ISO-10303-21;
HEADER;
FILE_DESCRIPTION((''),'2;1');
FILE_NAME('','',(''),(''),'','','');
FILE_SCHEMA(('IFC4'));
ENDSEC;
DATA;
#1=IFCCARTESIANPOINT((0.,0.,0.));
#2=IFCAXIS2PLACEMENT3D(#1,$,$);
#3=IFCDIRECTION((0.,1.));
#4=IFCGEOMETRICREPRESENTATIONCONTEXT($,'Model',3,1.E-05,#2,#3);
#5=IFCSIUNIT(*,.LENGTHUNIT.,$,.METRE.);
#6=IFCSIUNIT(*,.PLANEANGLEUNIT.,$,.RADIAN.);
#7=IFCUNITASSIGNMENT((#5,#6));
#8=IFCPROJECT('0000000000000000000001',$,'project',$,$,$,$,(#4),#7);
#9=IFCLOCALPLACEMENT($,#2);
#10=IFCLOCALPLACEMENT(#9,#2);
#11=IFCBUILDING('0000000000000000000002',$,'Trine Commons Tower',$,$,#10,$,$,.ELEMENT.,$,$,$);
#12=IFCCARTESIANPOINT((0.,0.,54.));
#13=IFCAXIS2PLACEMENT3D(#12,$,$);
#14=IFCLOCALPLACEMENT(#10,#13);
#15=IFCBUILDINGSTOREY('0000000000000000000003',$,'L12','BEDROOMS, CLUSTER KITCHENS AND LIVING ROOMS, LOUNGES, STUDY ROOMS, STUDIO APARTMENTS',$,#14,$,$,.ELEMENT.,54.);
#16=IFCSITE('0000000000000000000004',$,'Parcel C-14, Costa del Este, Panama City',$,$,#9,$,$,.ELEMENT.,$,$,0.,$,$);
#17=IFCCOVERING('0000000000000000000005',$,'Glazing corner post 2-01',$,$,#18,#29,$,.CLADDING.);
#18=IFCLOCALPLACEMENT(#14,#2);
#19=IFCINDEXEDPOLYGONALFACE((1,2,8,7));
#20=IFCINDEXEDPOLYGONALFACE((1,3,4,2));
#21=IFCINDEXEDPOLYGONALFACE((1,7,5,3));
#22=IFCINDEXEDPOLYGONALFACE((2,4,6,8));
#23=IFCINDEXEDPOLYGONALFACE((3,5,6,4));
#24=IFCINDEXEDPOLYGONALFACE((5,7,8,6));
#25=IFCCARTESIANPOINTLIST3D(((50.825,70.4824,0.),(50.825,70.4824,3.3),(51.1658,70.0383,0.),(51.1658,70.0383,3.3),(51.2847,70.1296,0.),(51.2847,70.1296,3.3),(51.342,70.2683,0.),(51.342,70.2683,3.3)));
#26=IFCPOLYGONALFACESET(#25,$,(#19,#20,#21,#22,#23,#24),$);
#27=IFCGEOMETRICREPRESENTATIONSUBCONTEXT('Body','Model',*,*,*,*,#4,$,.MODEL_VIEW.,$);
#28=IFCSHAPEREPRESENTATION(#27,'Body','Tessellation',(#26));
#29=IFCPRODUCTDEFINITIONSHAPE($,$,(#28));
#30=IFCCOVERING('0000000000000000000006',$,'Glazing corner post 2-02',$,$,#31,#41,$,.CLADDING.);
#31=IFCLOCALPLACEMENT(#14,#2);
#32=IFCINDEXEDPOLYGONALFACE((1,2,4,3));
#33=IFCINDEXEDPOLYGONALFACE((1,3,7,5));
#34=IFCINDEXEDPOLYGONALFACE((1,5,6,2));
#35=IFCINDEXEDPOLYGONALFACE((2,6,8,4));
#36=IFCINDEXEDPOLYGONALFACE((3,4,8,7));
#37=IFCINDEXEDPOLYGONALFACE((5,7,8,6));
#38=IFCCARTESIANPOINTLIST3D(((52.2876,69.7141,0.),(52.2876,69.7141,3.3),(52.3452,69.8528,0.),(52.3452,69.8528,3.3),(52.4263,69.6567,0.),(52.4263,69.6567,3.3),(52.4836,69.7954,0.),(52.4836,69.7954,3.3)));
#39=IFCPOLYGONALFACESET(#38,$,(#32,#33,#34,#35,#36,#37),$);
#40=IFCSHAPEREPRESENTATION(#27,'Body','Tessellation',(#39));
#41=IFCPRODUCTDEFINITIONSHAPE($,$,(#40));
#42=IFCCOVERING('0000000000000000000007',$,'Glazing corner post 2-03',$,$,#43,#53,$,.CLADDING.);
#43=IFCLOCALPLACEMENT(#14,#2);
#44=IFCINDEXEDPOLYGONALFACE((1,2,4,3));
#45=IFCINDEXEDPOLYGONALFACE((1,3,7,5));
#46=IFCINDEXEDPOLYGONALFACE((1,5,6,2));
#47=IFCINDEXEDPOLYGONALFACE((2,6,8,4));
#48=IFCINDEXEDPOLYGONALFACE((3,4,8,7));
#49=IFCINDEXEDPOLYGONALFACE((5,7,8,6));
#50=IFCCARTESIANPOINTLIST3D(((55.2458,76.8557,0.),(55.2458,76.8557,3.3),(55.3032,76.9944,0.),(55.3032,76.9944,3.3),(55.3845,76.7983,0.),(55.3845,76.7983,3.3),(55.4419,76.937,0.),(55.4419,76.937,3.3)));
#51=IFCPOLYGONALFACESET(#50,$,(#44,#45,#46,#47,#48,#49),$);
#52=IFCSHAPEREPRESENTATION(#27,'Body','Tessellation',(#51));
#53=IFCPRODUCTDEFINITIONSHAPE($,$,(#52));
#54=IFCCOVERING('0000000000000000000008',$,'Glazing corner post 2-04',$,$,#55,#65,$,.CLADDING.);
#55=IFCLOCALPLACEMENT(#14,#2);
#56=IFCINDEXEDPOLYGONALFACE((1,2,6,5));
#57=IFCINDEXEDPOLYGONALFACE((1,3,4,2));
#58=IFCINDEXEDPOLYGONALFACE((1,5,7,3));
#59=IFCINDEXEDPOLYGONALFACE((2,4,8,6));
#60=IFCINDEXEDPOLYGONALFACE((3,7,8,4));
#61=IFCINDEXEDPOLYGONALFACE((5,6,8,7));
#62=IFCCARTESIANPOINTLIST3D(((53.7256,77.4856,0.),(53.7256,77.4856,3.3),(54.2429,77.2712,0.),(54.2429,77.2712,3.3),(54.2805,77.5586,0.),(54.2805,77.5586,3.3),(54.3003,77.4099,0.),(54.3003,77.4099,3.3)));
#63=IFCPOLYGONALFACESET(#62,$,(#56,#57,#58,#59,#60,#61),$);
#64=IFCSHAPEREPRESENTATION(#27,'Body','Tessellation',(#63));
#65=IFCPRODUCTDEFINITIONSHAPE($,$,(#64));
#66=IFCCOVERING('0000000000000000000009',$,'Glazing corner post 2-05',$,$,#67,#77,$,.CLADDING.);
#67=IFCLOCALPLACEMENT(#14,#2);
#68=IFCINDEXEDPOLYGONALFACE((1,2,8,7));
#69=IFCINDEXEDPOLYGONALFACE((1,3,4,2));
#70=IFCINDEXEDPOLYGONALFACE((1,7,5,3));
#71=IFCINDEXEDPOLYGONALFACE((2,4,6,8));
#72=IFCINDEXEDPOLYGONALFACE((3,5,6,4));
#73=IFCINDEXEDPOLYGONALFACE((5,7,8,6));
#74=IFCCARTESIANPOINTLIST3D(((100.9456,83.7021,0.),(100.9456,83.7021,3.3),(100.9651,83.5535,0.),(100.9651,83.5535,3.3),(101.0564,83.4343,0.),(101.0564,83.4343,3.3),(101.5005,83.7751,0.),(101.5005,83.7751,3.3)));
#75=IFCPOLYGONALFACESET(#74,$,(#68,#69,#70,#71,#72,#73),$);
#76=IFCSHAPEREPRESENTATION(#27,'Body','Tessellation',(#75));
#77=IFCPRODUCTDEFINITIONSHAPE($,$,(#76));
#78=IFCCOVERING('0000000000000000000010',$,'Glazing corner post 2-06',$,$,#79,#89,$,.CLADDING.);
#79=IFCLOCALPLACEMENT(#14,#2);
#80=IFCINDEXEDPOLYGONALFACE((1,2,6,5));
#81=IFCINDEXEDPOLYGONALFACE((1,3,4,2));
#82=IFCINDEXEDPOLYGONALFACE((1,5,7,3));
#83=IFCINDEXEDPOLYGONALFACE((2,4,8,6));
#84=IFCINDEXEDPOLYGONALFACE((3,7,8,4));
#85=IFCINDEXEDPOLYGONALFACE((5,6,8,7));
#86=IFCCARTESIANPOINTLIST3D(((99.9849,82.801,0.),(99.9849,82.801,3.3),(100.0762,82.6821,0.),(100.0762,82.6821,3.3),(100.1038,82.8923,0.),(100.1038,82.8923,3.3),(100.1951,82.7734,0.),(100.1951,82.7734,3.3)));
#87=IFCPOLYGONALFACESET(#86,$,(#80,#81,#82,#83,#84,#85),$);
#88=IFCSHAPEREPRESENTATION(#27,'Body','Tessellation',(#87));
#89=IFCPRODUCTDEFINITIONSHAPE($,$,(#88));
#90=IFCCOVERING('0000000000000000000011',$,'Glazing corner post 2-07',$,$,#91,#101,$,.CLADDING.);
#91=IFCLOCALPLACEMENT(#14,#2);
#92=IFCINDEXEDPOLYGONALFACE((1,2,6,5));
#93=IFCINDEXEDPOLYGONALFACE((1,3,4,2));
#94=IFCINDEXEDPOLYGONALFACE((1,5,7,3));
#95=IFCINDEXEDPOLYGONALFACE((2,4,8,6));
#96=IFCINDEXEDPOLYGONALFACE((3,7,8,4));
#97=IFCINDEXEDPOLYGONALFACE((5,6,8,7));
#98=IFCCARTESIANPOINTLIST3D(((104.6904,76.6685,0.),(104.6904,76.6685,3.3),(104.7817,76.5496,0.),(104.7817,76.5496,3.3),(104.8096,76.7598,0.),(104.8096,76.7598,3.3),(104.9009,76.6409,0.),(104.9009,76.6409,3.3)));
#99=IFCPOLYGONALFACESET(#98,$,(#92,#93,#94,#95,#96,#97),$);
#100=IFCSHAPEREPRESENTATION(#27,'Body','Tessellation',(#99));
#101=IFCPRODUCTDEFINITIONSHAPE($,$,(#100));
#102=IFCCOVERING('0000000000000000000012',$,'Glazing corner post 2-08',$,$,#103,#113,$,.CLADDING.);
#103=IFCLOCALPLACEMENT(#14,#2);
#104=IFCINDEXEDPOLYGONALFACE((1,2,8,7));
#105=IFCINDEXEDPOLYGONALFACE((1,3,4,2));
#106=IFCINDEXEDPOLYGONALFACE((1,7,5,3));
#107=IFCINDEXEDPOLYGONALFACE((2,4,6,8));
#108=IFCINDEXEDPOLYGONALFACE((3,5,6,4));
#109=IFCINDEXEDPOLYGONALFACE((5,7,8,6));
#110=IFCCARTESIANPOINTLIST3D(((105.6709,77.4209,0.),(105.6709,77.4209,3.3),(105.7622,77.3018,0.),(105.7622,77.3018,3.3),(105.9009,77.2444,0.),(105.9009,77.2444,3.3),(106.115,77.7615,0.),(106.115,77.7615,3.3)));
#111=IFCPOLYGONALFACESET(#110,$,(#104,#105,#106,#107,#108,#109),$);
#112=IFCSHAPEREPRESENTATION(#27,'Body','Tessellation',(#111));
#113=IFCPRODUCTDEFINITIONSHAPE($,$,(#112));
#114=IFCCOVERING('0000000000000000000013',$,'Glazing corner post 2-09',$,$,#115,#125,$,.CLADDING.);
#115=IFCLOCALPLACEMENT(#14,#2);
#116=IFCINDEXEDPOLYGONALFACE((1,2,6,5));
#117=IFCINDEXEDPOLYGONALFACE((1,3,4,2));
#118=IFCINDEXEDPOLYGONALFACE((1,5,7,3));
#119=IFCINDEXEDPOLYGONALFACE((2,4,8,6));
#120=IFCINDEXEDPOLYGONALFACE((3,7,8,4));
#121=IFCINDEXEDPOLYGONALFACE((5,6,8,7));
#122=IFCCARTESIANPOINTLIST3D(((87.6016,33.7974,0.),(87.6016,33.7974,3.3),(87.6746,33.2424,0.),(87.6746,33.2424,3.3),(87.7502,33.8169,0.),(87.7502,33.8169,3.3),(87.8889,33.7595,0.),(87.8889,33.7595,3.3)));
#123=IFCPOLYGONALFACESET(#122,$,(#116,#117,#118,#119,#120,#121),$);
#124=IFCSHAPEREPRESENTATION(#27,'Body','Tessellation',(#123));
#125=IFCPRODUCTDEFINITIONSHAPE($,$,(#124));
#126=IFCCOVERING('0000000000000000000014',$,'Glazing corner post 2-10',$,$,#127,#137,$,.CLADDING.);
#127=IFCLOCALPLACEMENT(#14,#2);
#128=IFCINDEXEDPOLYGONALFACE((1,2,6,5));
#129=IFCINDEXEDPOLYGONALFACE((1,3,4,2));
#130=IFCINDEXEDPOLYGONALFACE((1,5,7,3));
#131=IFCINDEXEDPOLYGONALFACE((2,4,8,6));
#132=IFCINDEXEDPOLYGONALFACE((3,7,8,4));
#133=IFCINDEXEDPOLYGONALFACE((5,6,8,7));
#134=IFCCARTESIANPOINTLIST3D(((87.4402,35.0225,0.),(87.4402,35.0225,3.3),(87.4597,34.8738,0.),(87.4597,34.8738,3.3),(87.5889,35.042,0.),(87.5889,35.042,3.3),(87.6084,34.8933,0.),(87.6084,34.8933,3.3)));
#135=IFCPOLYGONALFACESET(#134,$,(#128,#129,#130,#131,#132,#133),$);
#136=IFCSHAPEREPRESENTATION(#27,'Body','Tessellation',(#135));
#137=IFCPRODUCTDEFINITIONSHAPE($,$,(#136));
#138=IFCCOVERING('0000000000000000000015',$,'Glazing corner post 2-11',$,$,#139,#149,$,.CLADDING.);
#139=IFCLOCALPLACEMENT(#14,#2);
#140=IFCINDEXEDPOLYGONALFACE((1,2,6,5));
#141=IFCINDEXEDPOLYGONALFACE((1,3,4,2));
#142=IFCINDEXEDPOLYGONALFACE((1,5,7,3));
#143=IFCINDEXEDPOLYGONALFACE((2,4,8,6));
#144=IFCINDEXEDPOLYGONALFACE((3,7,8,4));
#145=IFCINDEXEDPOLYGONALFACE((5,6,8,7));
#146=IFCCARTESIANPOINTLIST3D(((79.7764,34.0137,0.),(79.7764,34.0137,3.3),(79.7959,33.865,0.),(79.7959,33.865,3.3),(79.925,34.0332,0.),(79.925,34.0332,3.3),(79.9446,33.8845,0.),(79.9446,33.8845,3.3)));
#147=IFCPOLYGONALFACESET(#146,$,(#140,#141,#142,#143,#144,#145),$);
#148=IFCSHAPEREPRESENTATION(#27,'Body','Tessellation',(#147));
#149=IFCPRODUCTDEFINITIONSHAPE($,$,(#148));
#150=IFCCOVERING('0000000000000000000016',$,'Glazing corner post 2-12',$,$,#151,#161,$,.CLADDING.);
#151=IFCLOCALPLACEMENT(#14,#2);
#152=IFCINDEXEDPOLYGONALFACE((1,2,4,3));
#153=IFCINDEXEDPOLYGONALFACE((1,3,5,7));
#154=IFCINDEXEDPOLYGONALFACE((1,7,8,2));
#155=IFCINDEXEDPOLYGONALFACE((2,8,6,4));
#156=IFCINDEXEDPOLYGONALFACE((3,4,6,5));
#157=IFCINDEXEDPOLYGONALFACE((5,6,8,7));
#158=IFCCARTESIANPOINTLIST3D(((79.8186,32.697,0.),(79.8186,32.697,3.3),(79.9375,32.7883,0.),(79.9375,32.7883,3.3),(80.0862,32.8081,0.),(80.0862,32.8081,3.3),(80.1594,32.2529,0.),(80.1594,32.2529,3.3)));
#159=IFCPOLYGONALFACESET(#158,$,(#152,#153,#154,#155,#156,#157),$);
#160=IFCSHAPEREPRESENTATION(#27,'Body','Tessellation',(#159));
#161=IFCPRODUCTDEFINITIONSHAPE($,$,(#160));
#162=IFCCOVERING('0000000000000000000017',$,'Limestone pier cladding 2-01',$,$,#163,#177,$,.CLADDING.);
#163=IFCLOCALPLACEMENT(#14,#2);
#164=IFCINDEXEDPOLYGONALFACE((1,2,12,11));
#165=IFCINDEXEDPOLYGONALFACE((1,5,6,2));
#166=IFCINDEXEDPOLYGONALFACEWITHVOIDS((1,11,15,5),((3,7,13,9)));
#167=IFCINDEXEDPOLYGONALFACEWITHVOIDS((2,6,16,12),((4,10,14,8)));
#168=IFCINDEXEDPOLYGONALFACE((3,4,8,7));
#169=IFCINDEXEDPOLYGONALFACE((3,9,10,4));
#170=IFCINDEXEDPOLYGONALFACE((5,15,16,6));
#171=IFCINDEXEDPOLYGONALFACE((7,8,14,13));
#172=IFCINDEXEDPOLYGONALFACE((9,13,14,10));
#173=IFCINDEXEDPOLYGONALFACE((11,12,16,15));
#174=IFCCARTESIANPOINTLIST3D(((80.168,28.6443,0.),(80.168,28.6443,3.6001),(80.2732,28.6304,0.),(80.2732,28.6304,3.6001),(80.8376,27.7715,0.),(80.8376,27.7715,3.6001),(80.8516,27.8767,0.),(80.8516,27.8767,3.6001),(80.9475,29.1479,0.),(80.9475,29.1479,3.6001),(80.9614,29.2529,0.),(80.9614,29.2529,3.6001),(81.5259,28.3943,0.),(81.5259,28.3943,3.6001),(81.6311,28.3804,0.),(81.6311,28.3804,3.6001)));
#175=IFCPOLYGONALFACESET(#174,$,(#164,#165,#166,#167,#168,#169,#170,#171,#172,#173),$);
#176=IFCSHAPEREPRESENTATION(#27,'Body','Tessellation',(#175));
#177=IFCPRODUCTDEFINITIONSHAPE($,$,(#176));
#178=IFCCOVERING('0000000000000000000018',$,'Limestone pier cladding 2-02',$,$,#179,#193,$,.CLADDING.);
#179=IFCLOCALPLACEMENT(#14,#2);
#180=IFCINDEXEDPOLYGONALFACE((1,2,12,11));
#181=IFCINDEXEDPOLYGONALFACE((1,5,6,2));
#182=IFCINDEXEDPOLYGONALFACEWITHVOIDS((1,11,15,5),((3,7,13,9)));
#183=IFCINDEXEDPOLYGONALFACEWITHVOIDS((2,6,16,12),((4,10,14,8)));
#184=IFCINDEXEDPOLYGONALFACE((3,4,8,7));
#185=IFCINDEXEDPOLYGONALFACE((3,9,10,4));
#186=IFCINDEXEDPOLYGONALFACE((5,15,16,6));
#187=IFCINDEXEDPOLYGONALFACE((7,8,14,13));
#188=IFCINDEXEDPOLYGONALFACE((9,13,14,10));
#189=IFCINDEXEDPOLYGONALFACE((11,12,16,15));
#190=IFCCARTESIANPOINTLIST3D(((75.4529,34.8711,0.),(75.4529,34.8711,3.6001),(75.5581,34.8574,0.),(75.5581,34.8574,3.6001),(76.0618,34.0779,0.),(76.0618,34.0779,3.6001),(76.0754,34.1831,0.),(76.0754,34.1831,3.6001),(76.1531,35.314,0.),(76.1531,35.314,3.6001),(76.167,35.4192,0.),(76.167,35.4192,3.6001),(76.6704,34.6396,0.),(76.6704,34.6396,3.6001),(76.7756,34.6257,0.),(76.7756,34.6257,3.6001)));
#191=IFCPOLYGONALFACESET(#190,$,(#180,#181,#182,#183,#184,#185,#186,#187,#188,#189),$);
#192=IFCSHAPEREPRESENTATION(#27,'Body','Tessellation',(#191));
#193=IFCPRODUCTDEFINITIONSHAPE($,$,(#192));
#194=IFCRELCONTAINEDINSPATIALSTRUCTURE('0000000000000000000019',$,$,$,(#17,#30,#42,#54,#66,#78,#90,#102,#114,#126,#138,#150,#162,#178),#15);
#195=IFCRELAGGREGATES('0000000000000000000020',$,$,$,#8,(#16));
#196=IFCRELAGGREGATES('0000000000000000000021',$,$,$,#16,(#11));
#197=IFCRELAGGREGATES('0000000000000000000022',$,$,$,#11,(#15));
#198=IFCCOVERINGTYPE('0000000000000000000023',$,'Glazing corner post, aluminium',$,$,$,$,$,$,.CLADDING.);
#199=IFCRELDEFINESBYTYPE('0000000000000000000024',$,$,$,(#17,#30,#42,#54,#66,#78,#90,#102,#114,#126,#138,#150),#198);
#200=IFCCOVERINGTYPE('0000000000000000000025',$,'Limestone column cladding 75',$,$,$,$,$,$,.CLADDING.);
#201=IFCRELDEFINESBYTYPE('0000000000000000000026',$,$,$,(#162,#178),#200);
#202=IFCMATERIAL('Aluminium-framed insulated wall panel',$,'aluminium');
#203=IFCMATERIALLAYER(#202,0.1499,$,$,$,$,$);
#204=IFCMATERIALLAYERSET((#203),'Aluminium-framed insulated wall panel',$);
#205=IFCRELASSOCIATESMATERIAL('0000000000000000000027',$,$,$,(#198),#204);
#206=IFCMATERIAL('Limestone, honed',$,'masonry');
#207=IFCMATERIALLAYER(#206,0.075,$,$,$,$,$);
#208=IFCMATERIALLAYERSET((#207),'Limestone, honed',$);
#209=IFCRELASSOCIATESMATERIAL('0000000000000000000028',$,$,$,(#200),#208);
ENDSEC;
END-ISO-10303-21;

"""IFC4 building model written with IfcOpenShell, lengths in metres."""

from ifc_helpers import new_model, si_unit, direction, frame, origin, place, context, subcontext, project, spatial, polyline, outline, extrude, material, layer, layer_set, type_object, element, save


model = new_model("IFC4")

# Units and contexts
model_context = context("Model", 3, precision=1e-05, world=origin(), true_north=direction((0.0, 1.0)))
body_context = subcontext(model_context, "Body", "Model", "MODEL_VIEW")
ifc_project = project(units=[si_unit("LENGTHUNIT", "METRE"), si_unit("PLANEANGLEUNIT", "RADIAN")], contexts=[model_context])

# Site, building, storey
site_placement = place(None, origin())
site = spatial("IfcSite", under=ifc_project, at=site_placement, Name="Parcel C-14, Costa del Este, Panama City", CompositionType="ELEMENT", RefElevation=0.0)
building_placement = place(site_placement, origin())
building = spatial("IfcBuilding", under=site, at=building_placement, Name="Trine Commons Tower", CompositionType="ELEMENT")
storey_placement = place(building_placement, frame((0.0, 0.0, 54.0)))
storey = spatial("IfcBuildingStorey", under=building, at=storey_placement, Name="L12", Description="BEDROOMS, CLUSTER KITCHENS AND LIVING ROOMS, LOUNGES, STUDY ROOMS, STUDIO APARTMENTS", CompositionType="ELEMENT", Elevation=54.0)

# Coverings
ifc_material_1 = material(Name="Aluminium-framed insulated wall panel", Category="aluminium")
ifc_layer_1 = layer(ifc_material_1, 0.1499)
ifc_layer_set_1 = layer_set([ifc_layer_1], Name="Aluminium-framed insulated wall panel")
covering_type_1 = type_object("IfcCoveringType", Name="Glazing corner post, aluminium", PredefinedType="CLADDING", material=ifc_layer_set_1)
covering_1_placement = place(storey_placement, origin())
element("IfcCovering", 1, at=covering_1_placement, inside=storey, type_object=covering_type_1, Name="Glazing corner post 2-01", PredefinedType="CLADDING", context=body_context, shape_type="SweptSolid", body=[
    extrude(outline(polyline([(51.1658, 70.0383), (51.2847, 70.1296), (51.342, 70.2683), (50.825, 70.4824), (51.1658, 70.0383)])), origin(), (0.0, 0.0, 1.0), 3.3),
])
covering_2_placement = place(storey_placement, origin())
element("IfcCovering", 2, at=covering_2_placement, inside=storey, type_object=covering_type_1, Name="Glazing corner post 2-02", PredefinedType="CLADDING", context=body_context, shape_type="SweptSolid", body=[
    extrude(outline(polyline([(52.2876, 69.7141), (52.4263, 69.6567), (52.4836, 69.7954), (52.3452, 69.8528), (52.2876, 69.7141)])), origin(), (0.0, 0.0, 1.0), 3.3),
])
covering_3_placement = place(storey_placement, origin())
element("IfcCovering", 3, at=covering_3_placement, inside=storey, type_object=covering_type_1, Name="Glazing corner post 2-03", PredefinedType="CLADDING", context=body_context, shape_type="SweptSolid", body=[
    extrude(outline(polyline([(55.3845, 76.7983), (55.4419, 76.937), (55.3032, 76.9944), (55.2458, 76.8557), (55.3845, 76.7983)])), origin(), (0.0, 0.0, 1.0), 3.3),
])
covering_4_placement = place(storey_placement, origin())
element("IfcCovering", 4, at=covering_4_placement, inside=storey, type_object=covering_type_1, Name="Glazing corner post 2-04", PredefinedType="CLADDING", context=body_context, shape_type="SweptSolid", body=[
    extrude(outline(polyline([(54.2429, 77.2712), (54.3003, 77.4099), (54.2805, 77.5586), (53.7256, 77.4856), (54.2429, 77.2712)])), origin(), (0.0, 0.0, 1.0), 3.3),
])
covering_5_placement = place(storey_placement, origin())
element("IfcCovering", 5, at=covering_5_placement, inside=storey, type_object=covering_type_1, Name="Glazing corner post 2-05", PredefinedType="CLADDING", context=body_context, shape_type="SweptSolid", body=[
    extrude(outline(polyline([(101.0564, 83.4343), (101.5005, 83.7751), (100.9456, 83.7021), (100.9651, 83.5535), (101.0564, 83.4343)])), origin(), (0.0, 0.0, 1.0), 3.3),
])
covering_6_placement = place(storey_placement, origin())
element("IfcCovering", 6, at=covering_6_placement, inside=storey, type_object=covering_type_1, Name="Glazing corner post 2-06", PredefinedType="CLADDING", context=body_context, shape_type="SweptSolid", body=[
    extrude(outline(polyline([(100.0762, 82.6821), (100.1951, 82.7734), (100.1038, 82.8923), (99.9849, 82.801), (100.0762, 82.6821)])), origin(), (0.0, 0.0, 1.0), 3.3),
])
covering_7_placement = place(storey_placement, origin())
element("IfcCovering", 7, at=covering_7_placement, inside=storey, type_object=covering_type_1, Name="Glazing corner post 2-07", PredefinedType="CLADDING", context=body_context, shape_type="SweptSolid", body=[
    extrude(outline(polyline([(104.6904, 76.6685), (104.7817, 76.5496), (104.9009, 76.6409), (104.8096, 76.7598), (104.6904, 76.6685)])), origin(), (0.0, 0.0, 1.0), 3.3),
])
covering_8_placement = place(storey_placement, origin())
element("IfcCovering", 8, at=covering_8_placement, inside=storey, type_object=covering_type_1, Name="Glazing corner post 2-08", PredefinedType="CLADDING", context=body_context, shape_type="SweptSolid", body=[
    extrude(outline(polyline([(105.9009, 77.2444), (106.115, 77.7615), (105.6709, 77.4209), (105.7622, 77.3018), (105.9009, 77.2444)])), origin(), (0.0, 0.0, 1.0), 3.3),
])
covering_9_placement = place(storey_placement, origin())
element("IfcCovering", 9, at=covering_9_placement, inside=storey, type_object=covering_type_1, Name="Glazing corner post 2-09", PredefinedType="CLADDING", context=body_context, shape_type="SweptSolid", body=[
    extrude(outline(polyline([(87.6016, 33.7974), (87.6746, 33.2424), (87.8889, 33.7595), (87.7502, 33.8169), (87.6016, 33.7974)])), origin(), (0.0, 0.0, 1.0), 3.3),
])
covering_10_placement = place(storey_placement, origin())
element("IfcCovering", 10, at=covering_10_placement, inside=storey, type_object=covering_type_1, Name="Glazing corner post 2-10", PredefinedType="CLADDING", context=body_context, shape_type="SweptSolid", body=[
    extrude(outline(polyline([(87.4402, 35.0225), (87.4597, 34.8738), (87.6084, 34.8933), (87.5889, 35.042), (87.4402, 35.0225)])), origin(), (0.0, 0.0, 1.0), 3.3),
])
covering_11_placement = place(storey_placement, origin())
element("IfcCovering", 11, at=covering_11_placement, inside=storey, type_object=covering_type_1, Name="Glazing corner post 2-11", PredefinedType="CLADDING", context=body_context, shape_type="SweptSolid", body=[
    extrude(outline(polyline([(79.7959, 33.865), (79.9446, 33.8845), (79.925, 34.0332), (79.7764, 34.0137), (79.7959, 33.865)])), origin(), (0.0, 0.0, 1.0), 3.3),
])
covering_12_placement = place(storey_placement, origin())
element("IfcCovering", 12, at=covering_12_placement, inside=storey, type_object=covering_type_1, Name="Glazing corner post 2-12", PredefinedType="CLADDING", context=body_context, shape_type="SweptSolid", body=[
    extrude(outline(polyline([(79.8186, 32.697), (80.1594, 32.2529), (80.0862, 32.8081), (79.9375, 32.7883), (79.8186, 32.697)])), origin(), (0.0, 0.0, 1.0), 3.3),
])
ifc_material_2 = material(Name="Limestone, honed", Category="masonry")
ifc_layer_2 = layer(ifc_material_2, 0.075)
ifc_layer_set_2 = layer_set([ifc_layer_2], Name="Limestone, honed")
covering_type_2 = type_object("IfcCoveringType", Name="Limestone column cladding 75", PredefinedType="CLADDING", material=ifc_layer_set_2)
covering_13_placement = place(storey_placement, origin())
element("IfcCovering", 13, at=covering_13_placement, inside=storey, type_object=covering_type_2, Name="Limestone pier cladding 2-01", PredefinedType="CLADDING", context=body_context, shape_type="SweptSolid", body=[
    extrude(outline(polyline([(80.9614, 29.2529), (80.168, 28.6443), (80.8376, 27.7715), (81.6311, 28.3804), (80.9614, 29.2529)]), holes=[polyline([(80.9475, 29.1479), (80.2732, 28.6304), (80.8516, 27.8767), (81.5259, 28.3943), (80.9475, 29.1479)])]), origin(), (0.0, 0.0, 1.0), 3.6001),
])
covering_14_placement = place(storey_placement, origin())
element("IfcCovering", 14, at=covering_14_placement, inside=storey, type_object=covering_type_2, Name="Limestone pier cladding 2-02", PredefinedType="CLADDING", context=body_context, shape_type="SweptSolid", body=[
    extrude(outline(polyline([(76.167, 35.4192), (75.4529, 34.8711), (76.0618, 34.0779), (76.7756, 34.6257), (76.167, 35.4192)]), holes=[polyline([(76.1531, 35.314), (75.5581, 34.8574), (76.0754, 34.1831), (76.6704, 34.6396), (76.1531, 35.314)])]), origin(), (0.0, 0.0, 1.0), 3.6001),
])

save(model, "model.ifc")
